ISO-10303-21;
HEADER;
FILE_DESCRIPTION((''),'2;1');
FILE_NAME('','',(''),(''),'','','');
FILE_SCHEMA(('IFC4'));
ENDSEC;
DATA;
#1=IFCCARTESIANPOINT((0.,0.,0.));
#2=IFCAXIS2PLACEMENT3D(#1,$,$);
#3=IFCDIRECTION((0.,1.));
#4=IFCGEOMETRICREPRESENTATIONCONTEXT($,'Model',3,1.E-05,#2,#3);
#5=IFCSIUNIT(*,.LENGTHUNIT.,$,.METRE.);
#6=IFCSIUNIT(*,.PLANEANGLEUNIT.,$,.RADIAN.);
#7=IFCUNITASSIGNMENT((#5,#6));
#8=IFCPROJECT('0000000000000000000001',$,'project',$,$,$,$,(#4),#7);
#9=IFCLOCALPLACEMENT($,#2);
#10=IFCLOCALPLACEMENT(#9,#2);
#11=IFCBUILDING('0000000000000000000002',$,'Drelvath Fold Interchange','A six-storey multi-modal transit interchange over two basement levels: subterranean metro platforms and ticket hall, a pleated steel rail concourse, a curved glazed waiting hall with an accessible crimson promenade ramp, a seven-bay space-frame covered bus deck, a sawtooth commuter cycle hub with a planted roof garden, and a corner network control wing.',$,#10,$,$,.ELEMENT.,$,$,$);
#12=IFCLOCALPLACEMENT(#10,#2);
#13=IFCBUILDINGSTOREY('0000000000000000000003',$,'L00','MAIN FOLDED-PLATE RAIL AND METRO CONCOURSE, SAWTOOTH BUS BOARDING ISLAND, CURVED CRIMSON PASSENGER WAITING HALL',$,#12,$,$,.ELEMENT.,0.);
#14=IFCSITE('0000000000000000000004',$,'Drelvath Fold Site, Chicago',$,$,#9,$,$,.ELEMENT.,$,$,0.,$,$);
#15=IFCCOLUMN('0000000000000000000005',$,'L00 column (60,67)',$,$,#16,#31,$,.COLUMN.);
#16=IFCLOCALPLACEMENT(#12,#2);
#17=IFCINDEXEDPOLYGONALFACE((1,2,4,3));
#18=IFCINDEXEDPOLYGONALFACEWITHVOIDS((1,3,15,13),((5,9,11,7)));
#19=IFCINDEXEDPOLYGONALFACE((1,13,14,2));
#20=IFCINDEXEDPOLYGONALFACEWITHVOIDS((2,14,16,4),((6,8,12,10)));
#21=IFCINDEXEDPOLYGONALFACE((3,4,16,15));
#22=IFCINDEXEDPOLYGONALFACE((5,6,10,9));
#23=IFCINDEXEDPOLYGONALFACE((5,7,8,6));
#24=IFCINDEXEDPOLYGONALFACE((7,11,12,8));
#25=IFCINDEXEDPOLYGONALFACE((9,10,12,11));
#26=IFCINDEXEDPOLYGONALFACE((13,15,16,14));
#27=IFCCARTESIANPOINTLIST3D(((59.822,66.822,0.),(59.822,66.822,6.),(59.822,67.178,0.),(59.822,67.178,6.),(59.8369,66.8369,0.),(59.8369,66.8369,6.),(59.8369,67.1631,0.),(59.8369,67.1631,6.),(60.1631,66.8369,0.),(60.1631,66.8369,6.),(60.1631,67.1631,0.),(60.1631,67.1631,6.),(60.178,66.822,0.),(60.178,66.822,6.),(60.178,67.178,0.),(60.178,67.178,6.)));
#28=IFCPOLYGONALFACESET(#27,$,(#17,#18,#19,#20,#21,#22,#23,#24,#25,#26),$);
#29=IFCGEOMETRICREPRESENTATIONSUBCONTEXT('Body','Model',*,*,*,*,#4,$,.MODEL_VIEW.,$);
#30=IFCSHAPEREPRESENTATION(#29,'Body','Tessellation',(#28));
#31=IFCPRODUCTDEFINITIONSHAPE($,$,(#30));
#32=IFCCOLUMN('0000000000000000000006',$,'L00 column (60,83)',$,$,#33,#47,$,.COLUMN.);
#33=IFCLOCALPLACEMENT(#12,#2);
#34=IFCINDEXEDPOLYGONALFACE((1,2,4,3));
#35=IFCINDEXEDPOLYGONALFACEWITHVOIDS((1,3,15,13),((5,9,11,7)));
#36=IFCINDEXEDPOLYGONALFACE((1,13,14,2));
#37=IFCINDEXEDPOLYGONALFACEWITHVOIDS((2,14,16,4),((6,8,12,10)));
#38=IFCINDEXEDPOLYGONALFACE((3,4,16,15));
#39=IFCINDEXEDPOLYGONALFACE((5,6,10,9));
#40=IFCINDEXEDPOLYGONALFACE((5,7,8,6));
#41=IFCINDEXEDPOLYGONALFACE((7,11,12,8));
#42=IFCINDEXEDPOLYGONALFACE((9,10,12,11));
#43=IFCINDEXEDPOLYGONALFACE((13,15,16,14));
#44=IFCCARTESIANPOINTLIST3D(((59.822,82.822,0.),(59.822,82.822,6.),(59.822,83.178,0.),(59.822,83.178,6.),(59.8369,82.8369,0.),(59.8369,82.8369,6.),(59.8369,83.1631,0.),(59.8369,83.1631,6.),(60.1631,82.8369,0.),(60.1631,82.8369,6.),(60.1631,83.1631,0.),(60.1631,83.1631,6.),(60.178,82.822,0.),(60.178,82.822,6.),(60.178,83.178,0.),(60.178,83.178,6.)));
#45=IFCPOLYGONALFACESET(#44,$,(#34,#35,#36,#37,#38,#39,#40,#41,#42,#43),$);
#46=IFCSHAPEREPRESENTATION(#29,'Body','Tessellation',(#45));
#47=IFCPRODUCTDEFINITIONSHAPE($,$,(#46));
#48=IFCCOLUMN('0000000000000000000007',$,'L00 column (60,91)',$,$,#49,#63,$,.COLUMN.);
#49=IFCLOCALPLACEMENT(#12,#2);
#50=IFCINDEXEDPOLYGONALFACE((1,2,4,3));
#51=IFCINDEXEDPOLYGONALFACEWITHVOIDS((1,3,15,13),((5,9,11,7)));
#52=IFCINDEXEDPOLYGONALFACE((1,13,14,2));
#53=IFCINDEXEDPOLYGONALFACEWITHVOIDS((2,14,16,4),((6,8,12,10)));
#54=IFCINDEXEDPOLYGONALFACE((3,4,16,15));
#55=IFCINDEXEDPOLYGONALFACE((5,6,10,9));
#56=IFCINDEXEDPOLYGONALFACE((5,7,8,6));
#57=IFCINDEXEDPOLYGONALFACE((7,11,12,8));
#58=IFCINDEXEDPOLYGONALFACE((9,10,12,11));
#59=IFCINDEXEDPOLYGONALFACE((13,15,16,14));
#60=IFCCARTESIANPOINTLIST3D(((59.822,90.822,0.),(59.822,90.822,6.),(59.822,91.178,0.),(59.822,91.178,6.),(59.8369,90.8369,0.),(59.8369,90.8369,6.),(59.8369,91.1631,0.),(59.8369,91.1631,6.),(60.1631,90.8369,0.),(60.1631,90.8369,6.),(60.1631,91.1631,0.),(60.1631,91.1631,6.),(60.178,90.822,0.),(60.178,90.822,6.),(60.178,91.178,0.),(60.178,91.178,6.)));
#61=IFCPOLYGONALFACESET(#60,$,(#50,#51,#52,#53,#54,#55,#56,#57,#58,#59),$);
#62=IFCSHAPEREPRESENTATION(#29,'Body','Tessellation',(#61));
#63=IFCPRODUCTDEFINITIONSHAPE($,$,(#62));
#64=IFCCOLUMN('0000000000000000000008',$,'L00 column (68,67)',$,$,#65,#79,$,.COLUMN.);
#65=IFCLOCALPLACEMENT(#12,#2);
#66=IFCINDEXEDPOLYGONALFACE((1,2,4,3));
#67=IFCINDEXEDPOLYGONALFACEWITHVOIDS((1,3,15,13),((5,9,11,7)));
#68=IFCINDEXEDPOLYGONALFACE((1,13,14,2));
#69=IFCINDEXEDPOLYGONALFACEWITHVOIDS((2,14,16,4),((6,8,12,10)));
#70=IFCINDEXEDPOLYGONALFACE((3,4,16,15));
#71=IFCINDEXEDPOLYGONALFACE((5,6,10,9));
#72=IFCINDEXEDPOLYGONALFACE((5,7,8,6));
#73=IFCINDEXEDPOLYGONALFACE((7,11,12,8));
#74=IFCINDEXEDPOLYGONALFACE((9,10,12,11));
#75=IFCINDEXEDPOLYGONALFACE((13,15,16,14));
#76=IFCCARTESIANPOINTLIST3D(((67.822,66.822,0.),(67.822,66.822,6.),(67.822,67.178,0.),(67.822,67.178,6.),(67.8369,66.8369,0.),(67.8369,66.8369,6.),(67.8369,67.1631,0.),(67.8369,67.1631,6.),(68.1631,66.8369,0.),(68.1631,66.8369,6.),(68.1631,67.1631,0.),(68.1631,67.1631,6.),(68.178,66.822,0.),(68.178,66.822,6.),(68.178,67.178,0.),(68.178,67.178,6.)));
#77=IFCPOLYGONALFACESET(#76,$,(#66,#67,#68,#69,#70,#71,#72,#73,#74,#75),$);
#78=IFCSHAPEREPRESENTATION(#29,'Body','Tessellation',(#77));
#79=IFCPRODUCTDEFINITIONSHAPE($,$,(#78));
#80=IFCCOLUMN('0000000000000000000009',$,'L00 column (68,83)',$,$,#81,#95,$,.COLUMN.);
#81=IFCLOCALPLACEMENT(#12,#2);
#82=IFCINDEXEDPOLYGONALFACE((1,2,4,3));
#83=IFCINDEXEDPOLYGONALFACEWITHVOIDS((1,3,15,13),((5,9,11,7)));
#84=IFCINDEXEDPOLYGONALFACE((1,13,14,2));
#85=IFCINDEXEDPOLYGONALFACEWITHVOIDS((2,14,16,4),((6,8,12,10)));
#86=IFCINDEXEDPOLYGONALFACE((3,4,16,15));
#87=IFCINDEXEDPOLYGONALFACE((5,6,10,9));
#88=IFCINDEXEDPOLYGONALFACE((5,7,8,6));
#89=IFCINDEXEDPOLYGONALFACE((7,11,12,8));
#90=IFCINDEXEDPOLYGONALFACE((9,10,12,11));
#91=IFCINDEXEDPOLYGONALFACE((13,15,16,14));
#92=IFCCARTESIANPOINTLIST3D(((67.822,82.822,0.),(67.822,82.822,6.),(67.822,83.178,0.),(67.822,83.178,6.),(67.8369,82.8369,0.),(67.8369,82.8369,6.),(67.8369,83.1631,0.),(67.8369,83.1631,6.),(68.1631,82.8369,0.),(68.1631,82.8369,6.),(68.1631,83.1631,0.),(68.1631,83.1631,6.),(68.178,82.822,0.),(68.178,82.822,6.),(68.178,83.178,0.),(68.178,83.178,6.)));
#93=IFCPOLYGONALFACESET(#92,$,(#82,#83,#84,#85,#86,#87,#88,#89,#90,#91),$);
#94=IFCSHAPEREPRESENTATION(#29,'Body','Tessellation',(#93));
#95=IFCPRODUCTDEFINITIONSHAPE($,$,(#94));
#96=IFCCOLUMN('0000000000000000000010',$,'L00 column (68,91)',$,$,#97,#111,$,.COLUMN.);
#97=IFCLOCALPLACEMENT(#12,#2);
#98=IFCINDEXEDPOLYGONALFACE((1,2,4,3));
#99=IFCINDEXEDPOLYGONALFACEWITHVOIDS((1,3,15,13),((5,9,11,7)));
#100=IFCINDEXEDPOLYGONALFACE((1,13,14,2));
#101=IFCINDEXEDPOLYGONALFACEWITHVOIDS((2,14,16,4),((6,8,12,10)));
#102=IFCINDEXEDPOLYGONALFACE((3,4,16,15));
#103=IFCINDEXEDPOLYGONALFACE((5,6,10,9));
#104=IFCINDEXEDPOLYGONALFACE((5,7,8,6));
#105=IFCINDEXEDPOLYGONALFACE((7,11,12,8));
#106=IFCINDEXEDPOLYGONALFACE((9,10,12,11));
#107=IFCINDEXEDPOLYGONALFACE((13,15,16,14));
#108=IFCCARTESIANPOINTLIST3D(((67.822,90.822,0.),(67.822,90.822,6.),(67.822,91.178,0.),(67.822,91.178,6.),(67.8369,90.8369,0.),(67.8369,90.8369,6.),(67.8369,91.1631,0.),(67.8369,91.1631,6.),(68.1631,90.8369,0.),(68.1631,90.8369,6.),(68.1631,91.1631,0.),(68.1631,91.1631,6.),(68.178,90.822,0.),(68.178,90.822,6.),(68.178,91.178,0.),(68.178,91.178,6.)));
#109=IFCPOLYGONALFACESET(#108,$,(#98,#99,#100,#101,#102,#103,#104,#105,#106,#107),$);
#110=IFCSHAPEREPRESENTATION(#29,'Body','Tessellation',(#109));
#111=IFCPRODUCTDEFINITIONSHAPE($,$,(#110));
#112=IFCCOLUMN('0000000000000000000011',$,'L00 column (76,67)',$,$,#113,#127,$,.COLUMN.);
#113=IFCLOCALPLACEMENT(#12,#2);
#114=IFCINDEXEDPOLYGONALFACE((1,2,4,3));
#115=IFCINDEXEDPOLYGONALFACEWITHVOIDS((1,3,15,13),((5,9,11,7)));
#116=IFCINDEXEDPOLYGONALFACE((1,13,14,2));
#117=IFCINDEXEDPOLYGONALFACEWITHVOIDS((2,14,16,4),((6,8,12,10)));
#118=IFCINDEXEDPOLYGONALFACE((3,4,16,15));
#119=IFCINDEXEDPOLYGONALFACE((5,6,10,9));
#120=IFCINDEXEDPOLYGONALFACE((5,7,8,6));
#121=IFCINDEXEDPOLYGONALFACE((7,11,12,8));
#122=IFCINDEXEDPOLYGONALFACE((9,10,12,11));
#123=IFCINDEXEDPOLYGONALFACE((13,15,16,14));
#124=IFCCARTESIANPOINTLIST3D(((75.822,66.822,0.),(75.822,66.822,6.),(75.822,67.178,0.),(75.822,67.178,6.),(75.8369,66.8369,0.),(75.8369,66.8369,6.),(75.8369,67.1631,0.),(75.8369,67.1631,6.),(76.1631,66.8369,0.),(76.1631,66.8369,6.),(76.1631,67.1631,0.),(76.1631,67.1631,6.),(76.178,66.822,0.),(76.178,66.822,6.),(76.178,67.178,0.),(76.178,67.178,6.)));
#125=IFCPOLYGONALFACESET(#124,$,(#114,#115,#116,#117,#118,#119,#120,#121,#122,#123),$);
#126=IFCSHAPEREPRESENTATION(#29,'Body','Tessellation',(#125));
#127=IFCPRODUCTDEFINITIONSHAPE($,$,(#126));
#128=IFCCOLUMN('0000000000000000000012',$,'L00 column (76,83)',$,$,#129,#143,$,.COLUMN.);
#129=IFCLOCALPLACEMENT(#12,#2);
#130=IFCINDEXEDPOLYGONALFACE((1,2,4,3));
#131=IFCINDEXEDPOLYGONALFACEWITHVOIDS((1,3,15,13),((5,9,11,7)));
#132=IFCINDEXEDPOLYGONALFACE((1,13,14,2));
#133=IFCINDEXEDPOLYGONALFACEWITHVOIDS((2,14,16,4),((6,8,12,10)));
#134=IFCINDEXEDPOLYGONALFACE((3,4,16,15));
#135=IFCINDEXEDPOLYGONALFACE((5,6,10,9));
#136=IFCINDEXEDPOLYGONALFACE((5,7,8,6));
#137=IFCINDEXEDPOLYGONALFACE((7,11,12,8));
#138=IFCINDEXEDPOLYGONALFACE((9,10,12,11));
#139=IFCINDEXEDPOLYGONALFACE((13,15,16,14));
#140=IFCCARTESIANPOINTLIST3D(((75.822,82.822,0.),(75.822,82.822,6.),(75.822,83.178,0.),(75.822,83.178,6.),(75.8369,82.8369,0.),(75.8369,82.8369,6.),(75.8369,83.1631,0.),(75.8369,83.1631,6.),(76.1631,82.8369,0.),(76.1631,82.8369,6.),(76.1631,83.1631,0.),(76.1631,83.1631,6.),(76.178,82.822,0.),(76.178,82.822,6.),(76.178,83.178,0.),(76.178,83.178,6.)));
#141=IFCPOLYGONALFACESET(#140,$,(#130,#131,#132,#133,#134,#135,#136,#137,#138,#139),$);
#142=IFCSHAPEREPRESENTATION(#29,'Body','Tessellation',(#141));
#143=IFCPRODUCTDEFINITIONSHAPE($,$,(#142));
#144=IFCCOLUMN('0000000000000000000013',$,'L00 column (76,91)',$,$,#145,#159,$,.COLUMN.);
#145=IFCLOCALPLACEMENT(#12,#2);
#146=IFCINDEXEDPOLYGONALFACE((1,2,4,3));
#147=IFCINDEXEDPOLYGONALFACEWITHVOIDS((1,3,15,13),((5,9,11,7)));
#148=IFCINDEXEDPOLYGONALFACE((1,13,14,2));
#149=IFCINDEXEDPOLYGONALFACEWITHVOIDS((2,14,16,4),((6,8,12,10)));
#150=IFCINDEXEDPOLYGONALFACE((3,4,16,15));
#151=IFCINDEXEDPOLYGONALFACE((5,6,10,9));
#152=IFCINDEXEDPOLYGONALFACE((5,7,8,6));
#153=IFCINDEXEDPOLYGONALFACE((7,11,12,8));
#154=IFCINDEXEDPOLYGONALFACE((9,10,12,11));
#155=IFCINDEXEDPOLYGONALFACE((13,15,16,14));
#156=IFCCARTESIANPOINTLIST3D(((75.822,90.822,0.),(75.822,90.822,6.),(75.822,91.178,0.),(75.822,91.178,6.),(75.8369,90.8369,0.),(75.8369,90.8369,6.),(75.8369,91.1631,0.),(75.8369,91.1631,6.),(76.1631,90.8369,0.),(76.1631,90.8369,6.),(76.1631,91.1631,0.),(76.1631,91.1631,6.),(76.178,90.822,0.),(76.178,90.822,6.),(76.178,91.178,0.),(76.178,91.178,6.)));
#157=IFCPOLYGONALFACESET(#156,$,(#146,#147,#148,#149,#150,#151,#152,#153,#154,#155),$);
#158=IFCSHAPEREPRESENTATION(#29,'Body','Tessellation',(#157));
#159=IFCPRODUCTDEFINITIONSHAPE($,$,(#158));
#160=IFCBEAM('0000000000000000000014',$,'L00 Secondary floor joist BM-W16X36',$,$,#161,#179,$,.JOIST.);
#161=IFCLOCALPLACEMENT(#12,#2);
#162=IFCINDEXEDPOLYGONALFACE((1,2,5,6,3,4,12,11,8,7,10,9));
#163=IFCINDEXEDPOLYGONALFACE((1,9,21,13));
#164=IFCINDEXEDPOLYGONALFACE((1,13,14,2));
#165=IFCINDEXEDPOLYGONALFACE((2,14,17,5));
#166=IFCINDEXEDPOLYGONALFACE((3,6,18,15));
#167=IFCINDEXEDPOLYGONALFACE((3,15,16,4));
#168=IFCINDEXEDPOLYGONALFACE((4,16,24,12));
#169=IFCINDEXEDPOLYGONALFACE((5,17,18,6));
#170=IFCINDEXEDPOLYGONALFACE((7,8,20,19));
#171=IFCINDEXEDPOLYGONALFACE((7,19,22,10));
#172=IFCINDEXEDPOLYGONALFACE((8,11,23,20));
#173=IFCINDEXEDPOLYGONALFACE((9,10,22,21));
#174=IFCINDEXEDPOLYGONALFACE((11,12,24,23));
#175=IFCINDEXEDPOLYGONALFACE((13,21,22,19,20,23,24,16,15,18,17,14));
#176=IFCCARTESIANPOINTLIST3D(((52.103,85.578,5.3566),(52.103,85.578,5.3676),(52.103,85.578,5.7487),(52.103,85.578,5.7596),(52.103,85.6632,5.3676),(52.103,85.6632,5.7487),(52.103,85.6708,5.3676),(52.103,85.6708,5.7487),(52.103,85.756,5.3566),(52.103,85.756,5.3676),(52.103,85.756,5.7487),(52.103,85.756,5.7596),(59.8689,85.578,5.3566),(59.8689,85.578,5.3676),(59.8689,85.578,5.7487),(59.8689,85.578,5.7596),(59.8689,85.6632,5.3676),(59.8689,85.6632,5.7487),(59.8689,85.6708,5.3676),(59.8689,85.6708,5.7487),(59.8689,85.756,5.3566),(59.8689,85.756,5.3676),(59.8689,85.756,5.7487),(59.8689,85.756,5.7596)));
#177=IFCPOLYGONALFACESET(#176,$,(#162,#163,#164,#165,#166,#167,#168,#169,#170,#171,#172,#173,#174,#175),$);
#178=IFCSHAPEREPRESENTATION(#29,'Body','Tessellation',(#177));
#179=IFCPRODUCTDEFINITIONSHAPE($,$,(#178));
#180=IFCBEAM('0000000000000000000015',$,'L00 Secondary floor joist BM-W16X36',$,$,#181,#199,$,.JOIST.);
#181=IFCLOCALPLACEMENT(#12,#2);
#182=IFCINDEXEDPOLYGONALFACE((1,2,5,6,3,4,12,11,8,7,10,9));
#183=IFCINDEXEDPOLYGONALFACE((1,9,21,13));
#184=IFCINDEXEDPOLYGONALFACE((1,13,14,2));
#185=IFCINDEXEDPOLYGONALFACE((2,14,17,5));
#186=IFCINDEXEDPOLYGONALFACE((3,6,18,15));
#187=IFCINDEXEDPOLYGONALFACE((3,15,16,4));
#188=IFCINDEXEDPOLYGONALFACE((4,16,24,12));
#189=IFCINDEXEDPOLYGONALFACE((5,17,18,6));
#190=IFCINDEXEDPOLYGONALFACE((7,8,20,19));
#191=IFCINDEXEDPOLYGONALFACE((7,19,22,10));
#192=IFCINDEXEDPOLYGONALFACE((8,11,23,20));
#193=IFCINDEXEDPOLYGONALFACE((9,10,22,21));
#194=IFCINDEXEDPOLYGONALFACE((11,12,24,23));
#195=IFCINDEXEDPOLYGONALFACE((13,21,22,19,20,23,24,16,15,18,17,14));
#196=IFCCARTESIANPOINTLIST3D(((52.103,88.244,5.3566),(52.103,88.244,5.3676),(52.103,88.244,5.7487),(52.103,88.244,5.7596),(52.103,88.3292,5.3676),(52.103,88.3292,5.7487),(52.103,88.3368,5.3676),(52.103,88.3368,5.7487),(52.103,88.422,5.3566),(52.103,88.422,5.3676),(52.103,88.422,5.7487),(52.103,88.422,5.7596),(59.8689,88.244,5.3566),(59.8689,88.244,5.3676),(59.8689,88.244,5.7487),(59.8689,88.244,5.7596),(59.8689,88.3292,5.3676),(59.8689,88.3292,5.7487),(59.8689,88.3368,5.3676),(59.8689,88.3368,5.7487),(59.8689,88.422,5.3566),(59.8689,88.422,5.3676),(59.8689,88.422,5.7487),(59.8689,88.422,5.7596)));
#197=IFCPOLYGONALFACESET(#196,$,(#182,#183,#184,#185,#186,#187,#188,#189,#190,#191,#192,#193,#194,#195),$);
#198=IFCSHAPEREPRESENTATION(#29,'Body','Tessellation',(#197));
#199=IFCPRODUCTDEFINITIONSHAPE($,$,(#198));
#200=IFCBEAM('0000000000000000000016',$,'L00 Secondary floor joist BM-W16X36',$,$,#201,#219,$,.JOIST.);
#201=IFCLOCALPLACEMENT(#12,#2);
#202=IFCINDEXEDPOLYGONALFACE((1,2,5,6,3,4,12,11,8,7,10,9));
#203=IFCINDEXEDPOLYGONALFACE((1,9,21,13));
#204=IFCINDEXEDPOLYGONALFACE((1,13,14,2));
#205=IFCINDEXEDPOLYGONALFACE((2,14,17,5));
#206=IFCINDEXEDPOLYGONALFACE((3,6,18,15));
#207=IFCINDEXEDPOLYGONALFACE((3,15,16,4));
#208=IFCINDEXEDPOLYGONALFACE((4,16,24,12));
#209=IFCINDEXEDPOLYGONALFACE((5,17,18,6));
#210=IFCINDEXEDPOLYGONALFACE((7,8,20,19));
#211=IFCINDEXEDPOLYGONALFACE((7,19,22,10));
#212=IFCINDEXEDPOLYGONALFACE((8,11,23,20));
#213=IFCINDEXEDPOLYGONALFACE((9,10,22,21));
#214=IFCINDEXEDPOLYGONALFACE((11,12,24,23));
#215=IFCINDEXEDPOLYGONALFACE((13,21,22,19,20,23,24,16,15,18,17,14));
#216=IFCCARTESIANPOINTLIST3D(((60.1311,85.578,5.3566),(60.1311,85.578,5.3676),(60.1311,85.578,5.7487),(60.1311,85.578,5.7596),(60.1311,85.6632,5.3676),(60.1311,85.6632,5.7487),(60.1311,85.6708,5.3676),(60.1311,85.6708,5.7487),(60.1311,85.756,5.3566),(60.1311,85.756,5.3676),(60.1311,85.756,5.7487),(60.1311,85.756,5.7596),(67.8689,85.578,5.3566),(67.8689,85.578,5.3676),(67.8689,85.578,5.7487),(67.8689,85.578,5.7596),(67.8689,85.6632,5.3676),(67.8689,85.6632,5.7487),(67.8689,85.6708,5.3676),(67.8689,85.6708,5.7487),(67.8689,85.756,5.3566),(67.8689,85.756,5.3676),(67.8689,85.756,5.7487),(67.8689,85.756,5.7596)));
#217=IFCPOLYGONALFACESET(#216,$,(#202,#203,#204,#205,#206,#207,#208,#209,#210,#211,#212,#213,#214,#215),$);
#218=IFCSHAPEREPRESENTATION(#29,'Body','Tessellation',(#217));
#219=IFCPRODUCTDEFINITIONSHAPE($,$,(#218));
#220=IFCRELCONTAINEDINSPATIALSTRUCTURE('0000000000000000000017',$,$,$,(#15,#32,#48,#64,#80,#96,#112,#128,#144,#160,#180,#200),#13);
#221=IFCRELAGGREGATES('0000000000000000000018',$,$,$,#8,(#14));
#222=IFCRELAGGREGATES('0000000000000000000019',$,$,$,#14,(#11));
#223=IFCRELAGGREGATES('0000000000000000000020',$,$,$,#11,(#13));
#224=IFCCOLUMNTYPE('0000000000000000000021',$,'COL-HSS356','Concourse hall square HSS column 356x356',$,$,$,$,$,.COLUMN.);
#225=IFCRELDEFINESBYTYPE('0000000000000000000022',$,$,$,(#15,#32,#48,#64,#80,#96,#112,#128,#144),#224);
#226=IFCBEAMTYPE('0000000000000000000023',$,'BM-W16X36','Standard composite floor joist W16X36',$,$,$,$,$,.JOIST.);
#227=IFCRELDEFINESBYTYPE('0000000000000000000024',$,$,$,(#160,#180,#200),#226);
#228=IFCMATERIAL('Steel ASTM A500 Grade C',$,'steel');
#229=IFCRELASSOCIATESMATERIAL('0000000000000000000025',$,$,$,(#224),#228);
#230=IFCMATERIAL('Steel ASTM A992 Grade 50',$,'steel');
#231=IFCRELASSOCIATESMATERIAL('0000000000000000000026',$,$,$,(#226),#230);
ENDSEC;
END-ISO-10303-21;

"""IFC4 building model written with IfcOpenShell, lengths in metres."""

from ifc_helpers import new_model, si_unit, direction, frame, origin, origin_2d, place, context, subcontext, project, spatial, hollow_rectangle, i_section, extrude, material, material_profile, profile_set, type_object, element, save


model = new_model("IFC4")

# Units and contexts
model_context = context("Model", 3, precision=1e-05, world=origin(), true_north=direction((0.0, 1.0)))
body_context = subcontext(model_context, "Body", "Model", "MODEL_VIEW")
ifc_project = project(units=[si_unit("LENGTHUNIT", "METRE"), si_unit("PLANEANGLEUNIT", "RADIAN")], contexts=[model_context])

# Site, building, storey
site_placement = place(None, origin())
site = spatial("IfcSite", under=ifc_project, at=site_placement, Name="Drelvath Fold Site, Chicago", CompositionType="ELEMENT", RefElevation=0.0)
building_placement = place(site_placement, origin())
building = spatial("IfcBuilding", under=site, at=building_placement, Name="Drelvath Fold Interchange", Description="A six-storey multi-modal transit interchange over two basement levels: subterranean metro platforms and ticket hall, a pleated steel rail concourse, a curved glazed waiting hall with an accessible crimson promenade ramp, a seven-bay space-frame covered bus deck, a sawtooth commuter cycle hub with a planted roof garden, and a corner network control wing.", CompositionType="ELEMENT")
storey_placement = place(building_placement, origin())
storey = spatial("IfcBuildingStorey", under=building, at=storey_placement, Name="L00", Description="MAIN FOLDED-PLATE RAIL AND METRO CONCOURSE, SAWTOOTH BUS BOARDING ISLAND, CURVED CRIMSON PASSENGER WAITING HALL", CompositionType="ELEMENT", Elevation=0.0)

# Columns
ifc_material_1 = material(Name="Steel ASTM A500 Grade C", Category="steel")
ifc_material_profile_1 = material_profile(ifc_material_1, hollow_rectangle(XDim=0.356, YDim=0.356, WallThickness=0.0149, at=origin_2d()), Name="HSS14X14X5/8")
ifc_profile_set_1 = profile_set([ifc_material_profile_1], Name="Steel ASTM A500 Grade C")
column_type = type_object("IfcColumnType", Name="COL-HSS356", Description="Concourse hall square HSS column 356x356", PredefinedType="COLUMN", material=ifc_profile_set_1)
for number, where, z_axis, x_axis, name in (
    (1, (60.0, 67.0, 0.0), (0.0, 0.0, 1.0), (1.0, 0.0, 0.0), "L00 column (60,67)"),
    (2, (60.0, 83.0, 0.0), (0.0, 0.0, 1.0), (1.0, 0.0, 0.0), "L00 column (60,83)"),
    (3, (60.0, 91.0, 0.0), (0.0, 0.0, 1.0), (1.0, 0.0, 0.0), "L00 column (60,91)"),
    (4, (68.0, 67.0, 0.0), (0.0, 0.0, 1.0), (1.0, 0.0, 0.0), "L00 column (68,67)"),
    (5, (68.0, 83.0, 0.0), (0.0, 0.0, 1.0), (1.0, 0.0, 0.0), "L00 column (68,83)"),
    (6, (68.0, 91.0, 0.0), (0.0, 0.0, 1.0), (1.0, 0.0, 0.0), "L00 column (68,91)"),
    (7, (76.0, 67.0, 0.0), (0.0, 0.0, 1.0), (1.0, 0.0, 0.0), "L00 column (76,67)"),
    (8, (76.0, 83.0, 0.0), (0.0, 0.0, 1.0), (1.0, 0.0, 0.0), "L00 column (76,83)"),
    (9, (76.0, 91.0, 0.0), (0.0, 0.0, 1.0), (1.0, 0.0, 0.0), "L00 column (76,91)"),
):
    element("IfcColumn", number, at=place(storey_placement, frame(where, z_axis=z_axis, x_axis=x_axis)), inside=storey, type_object=column_type, Name=name, PredefinedType="COLUMN", context=body_context, shape_type="SweptSolid", body=[
        extrude(hollow_rectangle(XDim=0.356, YDim=0.356, WallThickness=0.0149, at=origin_2d()), origin(), (0.0, 0.0, 1.0), 6.0),
    ])

# Beams
ifc_material_2 = material(Name="Steel ASTM A992 Grade 50", Category="steel")
ifc_material_profile_2 = material_profile(ifc_material_2, i_section(OverallWidth=0.178, OverallDepth=0.4031, WebThickness=0.0076, FlangeThickness=0.011, at=origin_2d()), Name="W16X36")
ifc_profile_set_2 = profile_set([ifc_material_profile_2], Name="Steel ASTM A992 Grade 50")
beam_type_1 = type_object("IfcBeamType", Name="BM-W16X36", Description="Standard composite floor joist W16X36", PredefinedType="JOIST", material=ifc_profile_set_2)
for number, where, z_axis, x_axis, name in (
    (10, (52.103, 85.667, 5.5581), (1.0, 0.0, 0.0), (0.0, 1.0, 0.0), "L00 Secondary floor joist BM-W16X36"),
    (11, (52.103, 88.333, 5.5581), (1.0, 0.0, 0.0), (0.0, 1.0, 0.0), "L00 Secondary floor joist BM-W16X36"),
):
    element("IfcBeam", number, at=place(storey_placement, frame(where, z_axis=z_axis, x_axis=x_axis)), inside=storey, type_object=beam_type_1, Name=name, PredefinedType="JOIST", context=body_context, shape_type="SweptSolid", body=[
        extrude(i_section(OverallWidth=0.178, OverallDepth=0.4031, WebThickness=0.0076, FlangeThickness=0.011, at=origin_2d()), origin(), (0.0, 0.0, 1.0), 7.7659),
    ])
for number, where, z_axis, x_axis, name in (
    (12, (60.1311, 85.667, 5.5581), (1.0, 0.0, 0.0), (0.0, 1.0, 0.0), "L00 Secondary floor joist BM-W16X36"),
):
    element("IfcBeam", number, at=place(storey_placement, frame(where, z_axis=z_axis, x_axis=x_axis)), inside=storey, type_object=beam_type_1, Name=name, PredefinedType="JOIST", context=body_context, shape_type="SweptSolid", body=[
        extrude(i_section(OverallWidth=0.178, OverallDepth=0.4031, WebThickness=0.0076, FlangeThickness=0.011, at=origin_2d()), origin(), (0.0, 0.0, 1.0), 7.7378),
    ])

save(model, "model.ifc")
